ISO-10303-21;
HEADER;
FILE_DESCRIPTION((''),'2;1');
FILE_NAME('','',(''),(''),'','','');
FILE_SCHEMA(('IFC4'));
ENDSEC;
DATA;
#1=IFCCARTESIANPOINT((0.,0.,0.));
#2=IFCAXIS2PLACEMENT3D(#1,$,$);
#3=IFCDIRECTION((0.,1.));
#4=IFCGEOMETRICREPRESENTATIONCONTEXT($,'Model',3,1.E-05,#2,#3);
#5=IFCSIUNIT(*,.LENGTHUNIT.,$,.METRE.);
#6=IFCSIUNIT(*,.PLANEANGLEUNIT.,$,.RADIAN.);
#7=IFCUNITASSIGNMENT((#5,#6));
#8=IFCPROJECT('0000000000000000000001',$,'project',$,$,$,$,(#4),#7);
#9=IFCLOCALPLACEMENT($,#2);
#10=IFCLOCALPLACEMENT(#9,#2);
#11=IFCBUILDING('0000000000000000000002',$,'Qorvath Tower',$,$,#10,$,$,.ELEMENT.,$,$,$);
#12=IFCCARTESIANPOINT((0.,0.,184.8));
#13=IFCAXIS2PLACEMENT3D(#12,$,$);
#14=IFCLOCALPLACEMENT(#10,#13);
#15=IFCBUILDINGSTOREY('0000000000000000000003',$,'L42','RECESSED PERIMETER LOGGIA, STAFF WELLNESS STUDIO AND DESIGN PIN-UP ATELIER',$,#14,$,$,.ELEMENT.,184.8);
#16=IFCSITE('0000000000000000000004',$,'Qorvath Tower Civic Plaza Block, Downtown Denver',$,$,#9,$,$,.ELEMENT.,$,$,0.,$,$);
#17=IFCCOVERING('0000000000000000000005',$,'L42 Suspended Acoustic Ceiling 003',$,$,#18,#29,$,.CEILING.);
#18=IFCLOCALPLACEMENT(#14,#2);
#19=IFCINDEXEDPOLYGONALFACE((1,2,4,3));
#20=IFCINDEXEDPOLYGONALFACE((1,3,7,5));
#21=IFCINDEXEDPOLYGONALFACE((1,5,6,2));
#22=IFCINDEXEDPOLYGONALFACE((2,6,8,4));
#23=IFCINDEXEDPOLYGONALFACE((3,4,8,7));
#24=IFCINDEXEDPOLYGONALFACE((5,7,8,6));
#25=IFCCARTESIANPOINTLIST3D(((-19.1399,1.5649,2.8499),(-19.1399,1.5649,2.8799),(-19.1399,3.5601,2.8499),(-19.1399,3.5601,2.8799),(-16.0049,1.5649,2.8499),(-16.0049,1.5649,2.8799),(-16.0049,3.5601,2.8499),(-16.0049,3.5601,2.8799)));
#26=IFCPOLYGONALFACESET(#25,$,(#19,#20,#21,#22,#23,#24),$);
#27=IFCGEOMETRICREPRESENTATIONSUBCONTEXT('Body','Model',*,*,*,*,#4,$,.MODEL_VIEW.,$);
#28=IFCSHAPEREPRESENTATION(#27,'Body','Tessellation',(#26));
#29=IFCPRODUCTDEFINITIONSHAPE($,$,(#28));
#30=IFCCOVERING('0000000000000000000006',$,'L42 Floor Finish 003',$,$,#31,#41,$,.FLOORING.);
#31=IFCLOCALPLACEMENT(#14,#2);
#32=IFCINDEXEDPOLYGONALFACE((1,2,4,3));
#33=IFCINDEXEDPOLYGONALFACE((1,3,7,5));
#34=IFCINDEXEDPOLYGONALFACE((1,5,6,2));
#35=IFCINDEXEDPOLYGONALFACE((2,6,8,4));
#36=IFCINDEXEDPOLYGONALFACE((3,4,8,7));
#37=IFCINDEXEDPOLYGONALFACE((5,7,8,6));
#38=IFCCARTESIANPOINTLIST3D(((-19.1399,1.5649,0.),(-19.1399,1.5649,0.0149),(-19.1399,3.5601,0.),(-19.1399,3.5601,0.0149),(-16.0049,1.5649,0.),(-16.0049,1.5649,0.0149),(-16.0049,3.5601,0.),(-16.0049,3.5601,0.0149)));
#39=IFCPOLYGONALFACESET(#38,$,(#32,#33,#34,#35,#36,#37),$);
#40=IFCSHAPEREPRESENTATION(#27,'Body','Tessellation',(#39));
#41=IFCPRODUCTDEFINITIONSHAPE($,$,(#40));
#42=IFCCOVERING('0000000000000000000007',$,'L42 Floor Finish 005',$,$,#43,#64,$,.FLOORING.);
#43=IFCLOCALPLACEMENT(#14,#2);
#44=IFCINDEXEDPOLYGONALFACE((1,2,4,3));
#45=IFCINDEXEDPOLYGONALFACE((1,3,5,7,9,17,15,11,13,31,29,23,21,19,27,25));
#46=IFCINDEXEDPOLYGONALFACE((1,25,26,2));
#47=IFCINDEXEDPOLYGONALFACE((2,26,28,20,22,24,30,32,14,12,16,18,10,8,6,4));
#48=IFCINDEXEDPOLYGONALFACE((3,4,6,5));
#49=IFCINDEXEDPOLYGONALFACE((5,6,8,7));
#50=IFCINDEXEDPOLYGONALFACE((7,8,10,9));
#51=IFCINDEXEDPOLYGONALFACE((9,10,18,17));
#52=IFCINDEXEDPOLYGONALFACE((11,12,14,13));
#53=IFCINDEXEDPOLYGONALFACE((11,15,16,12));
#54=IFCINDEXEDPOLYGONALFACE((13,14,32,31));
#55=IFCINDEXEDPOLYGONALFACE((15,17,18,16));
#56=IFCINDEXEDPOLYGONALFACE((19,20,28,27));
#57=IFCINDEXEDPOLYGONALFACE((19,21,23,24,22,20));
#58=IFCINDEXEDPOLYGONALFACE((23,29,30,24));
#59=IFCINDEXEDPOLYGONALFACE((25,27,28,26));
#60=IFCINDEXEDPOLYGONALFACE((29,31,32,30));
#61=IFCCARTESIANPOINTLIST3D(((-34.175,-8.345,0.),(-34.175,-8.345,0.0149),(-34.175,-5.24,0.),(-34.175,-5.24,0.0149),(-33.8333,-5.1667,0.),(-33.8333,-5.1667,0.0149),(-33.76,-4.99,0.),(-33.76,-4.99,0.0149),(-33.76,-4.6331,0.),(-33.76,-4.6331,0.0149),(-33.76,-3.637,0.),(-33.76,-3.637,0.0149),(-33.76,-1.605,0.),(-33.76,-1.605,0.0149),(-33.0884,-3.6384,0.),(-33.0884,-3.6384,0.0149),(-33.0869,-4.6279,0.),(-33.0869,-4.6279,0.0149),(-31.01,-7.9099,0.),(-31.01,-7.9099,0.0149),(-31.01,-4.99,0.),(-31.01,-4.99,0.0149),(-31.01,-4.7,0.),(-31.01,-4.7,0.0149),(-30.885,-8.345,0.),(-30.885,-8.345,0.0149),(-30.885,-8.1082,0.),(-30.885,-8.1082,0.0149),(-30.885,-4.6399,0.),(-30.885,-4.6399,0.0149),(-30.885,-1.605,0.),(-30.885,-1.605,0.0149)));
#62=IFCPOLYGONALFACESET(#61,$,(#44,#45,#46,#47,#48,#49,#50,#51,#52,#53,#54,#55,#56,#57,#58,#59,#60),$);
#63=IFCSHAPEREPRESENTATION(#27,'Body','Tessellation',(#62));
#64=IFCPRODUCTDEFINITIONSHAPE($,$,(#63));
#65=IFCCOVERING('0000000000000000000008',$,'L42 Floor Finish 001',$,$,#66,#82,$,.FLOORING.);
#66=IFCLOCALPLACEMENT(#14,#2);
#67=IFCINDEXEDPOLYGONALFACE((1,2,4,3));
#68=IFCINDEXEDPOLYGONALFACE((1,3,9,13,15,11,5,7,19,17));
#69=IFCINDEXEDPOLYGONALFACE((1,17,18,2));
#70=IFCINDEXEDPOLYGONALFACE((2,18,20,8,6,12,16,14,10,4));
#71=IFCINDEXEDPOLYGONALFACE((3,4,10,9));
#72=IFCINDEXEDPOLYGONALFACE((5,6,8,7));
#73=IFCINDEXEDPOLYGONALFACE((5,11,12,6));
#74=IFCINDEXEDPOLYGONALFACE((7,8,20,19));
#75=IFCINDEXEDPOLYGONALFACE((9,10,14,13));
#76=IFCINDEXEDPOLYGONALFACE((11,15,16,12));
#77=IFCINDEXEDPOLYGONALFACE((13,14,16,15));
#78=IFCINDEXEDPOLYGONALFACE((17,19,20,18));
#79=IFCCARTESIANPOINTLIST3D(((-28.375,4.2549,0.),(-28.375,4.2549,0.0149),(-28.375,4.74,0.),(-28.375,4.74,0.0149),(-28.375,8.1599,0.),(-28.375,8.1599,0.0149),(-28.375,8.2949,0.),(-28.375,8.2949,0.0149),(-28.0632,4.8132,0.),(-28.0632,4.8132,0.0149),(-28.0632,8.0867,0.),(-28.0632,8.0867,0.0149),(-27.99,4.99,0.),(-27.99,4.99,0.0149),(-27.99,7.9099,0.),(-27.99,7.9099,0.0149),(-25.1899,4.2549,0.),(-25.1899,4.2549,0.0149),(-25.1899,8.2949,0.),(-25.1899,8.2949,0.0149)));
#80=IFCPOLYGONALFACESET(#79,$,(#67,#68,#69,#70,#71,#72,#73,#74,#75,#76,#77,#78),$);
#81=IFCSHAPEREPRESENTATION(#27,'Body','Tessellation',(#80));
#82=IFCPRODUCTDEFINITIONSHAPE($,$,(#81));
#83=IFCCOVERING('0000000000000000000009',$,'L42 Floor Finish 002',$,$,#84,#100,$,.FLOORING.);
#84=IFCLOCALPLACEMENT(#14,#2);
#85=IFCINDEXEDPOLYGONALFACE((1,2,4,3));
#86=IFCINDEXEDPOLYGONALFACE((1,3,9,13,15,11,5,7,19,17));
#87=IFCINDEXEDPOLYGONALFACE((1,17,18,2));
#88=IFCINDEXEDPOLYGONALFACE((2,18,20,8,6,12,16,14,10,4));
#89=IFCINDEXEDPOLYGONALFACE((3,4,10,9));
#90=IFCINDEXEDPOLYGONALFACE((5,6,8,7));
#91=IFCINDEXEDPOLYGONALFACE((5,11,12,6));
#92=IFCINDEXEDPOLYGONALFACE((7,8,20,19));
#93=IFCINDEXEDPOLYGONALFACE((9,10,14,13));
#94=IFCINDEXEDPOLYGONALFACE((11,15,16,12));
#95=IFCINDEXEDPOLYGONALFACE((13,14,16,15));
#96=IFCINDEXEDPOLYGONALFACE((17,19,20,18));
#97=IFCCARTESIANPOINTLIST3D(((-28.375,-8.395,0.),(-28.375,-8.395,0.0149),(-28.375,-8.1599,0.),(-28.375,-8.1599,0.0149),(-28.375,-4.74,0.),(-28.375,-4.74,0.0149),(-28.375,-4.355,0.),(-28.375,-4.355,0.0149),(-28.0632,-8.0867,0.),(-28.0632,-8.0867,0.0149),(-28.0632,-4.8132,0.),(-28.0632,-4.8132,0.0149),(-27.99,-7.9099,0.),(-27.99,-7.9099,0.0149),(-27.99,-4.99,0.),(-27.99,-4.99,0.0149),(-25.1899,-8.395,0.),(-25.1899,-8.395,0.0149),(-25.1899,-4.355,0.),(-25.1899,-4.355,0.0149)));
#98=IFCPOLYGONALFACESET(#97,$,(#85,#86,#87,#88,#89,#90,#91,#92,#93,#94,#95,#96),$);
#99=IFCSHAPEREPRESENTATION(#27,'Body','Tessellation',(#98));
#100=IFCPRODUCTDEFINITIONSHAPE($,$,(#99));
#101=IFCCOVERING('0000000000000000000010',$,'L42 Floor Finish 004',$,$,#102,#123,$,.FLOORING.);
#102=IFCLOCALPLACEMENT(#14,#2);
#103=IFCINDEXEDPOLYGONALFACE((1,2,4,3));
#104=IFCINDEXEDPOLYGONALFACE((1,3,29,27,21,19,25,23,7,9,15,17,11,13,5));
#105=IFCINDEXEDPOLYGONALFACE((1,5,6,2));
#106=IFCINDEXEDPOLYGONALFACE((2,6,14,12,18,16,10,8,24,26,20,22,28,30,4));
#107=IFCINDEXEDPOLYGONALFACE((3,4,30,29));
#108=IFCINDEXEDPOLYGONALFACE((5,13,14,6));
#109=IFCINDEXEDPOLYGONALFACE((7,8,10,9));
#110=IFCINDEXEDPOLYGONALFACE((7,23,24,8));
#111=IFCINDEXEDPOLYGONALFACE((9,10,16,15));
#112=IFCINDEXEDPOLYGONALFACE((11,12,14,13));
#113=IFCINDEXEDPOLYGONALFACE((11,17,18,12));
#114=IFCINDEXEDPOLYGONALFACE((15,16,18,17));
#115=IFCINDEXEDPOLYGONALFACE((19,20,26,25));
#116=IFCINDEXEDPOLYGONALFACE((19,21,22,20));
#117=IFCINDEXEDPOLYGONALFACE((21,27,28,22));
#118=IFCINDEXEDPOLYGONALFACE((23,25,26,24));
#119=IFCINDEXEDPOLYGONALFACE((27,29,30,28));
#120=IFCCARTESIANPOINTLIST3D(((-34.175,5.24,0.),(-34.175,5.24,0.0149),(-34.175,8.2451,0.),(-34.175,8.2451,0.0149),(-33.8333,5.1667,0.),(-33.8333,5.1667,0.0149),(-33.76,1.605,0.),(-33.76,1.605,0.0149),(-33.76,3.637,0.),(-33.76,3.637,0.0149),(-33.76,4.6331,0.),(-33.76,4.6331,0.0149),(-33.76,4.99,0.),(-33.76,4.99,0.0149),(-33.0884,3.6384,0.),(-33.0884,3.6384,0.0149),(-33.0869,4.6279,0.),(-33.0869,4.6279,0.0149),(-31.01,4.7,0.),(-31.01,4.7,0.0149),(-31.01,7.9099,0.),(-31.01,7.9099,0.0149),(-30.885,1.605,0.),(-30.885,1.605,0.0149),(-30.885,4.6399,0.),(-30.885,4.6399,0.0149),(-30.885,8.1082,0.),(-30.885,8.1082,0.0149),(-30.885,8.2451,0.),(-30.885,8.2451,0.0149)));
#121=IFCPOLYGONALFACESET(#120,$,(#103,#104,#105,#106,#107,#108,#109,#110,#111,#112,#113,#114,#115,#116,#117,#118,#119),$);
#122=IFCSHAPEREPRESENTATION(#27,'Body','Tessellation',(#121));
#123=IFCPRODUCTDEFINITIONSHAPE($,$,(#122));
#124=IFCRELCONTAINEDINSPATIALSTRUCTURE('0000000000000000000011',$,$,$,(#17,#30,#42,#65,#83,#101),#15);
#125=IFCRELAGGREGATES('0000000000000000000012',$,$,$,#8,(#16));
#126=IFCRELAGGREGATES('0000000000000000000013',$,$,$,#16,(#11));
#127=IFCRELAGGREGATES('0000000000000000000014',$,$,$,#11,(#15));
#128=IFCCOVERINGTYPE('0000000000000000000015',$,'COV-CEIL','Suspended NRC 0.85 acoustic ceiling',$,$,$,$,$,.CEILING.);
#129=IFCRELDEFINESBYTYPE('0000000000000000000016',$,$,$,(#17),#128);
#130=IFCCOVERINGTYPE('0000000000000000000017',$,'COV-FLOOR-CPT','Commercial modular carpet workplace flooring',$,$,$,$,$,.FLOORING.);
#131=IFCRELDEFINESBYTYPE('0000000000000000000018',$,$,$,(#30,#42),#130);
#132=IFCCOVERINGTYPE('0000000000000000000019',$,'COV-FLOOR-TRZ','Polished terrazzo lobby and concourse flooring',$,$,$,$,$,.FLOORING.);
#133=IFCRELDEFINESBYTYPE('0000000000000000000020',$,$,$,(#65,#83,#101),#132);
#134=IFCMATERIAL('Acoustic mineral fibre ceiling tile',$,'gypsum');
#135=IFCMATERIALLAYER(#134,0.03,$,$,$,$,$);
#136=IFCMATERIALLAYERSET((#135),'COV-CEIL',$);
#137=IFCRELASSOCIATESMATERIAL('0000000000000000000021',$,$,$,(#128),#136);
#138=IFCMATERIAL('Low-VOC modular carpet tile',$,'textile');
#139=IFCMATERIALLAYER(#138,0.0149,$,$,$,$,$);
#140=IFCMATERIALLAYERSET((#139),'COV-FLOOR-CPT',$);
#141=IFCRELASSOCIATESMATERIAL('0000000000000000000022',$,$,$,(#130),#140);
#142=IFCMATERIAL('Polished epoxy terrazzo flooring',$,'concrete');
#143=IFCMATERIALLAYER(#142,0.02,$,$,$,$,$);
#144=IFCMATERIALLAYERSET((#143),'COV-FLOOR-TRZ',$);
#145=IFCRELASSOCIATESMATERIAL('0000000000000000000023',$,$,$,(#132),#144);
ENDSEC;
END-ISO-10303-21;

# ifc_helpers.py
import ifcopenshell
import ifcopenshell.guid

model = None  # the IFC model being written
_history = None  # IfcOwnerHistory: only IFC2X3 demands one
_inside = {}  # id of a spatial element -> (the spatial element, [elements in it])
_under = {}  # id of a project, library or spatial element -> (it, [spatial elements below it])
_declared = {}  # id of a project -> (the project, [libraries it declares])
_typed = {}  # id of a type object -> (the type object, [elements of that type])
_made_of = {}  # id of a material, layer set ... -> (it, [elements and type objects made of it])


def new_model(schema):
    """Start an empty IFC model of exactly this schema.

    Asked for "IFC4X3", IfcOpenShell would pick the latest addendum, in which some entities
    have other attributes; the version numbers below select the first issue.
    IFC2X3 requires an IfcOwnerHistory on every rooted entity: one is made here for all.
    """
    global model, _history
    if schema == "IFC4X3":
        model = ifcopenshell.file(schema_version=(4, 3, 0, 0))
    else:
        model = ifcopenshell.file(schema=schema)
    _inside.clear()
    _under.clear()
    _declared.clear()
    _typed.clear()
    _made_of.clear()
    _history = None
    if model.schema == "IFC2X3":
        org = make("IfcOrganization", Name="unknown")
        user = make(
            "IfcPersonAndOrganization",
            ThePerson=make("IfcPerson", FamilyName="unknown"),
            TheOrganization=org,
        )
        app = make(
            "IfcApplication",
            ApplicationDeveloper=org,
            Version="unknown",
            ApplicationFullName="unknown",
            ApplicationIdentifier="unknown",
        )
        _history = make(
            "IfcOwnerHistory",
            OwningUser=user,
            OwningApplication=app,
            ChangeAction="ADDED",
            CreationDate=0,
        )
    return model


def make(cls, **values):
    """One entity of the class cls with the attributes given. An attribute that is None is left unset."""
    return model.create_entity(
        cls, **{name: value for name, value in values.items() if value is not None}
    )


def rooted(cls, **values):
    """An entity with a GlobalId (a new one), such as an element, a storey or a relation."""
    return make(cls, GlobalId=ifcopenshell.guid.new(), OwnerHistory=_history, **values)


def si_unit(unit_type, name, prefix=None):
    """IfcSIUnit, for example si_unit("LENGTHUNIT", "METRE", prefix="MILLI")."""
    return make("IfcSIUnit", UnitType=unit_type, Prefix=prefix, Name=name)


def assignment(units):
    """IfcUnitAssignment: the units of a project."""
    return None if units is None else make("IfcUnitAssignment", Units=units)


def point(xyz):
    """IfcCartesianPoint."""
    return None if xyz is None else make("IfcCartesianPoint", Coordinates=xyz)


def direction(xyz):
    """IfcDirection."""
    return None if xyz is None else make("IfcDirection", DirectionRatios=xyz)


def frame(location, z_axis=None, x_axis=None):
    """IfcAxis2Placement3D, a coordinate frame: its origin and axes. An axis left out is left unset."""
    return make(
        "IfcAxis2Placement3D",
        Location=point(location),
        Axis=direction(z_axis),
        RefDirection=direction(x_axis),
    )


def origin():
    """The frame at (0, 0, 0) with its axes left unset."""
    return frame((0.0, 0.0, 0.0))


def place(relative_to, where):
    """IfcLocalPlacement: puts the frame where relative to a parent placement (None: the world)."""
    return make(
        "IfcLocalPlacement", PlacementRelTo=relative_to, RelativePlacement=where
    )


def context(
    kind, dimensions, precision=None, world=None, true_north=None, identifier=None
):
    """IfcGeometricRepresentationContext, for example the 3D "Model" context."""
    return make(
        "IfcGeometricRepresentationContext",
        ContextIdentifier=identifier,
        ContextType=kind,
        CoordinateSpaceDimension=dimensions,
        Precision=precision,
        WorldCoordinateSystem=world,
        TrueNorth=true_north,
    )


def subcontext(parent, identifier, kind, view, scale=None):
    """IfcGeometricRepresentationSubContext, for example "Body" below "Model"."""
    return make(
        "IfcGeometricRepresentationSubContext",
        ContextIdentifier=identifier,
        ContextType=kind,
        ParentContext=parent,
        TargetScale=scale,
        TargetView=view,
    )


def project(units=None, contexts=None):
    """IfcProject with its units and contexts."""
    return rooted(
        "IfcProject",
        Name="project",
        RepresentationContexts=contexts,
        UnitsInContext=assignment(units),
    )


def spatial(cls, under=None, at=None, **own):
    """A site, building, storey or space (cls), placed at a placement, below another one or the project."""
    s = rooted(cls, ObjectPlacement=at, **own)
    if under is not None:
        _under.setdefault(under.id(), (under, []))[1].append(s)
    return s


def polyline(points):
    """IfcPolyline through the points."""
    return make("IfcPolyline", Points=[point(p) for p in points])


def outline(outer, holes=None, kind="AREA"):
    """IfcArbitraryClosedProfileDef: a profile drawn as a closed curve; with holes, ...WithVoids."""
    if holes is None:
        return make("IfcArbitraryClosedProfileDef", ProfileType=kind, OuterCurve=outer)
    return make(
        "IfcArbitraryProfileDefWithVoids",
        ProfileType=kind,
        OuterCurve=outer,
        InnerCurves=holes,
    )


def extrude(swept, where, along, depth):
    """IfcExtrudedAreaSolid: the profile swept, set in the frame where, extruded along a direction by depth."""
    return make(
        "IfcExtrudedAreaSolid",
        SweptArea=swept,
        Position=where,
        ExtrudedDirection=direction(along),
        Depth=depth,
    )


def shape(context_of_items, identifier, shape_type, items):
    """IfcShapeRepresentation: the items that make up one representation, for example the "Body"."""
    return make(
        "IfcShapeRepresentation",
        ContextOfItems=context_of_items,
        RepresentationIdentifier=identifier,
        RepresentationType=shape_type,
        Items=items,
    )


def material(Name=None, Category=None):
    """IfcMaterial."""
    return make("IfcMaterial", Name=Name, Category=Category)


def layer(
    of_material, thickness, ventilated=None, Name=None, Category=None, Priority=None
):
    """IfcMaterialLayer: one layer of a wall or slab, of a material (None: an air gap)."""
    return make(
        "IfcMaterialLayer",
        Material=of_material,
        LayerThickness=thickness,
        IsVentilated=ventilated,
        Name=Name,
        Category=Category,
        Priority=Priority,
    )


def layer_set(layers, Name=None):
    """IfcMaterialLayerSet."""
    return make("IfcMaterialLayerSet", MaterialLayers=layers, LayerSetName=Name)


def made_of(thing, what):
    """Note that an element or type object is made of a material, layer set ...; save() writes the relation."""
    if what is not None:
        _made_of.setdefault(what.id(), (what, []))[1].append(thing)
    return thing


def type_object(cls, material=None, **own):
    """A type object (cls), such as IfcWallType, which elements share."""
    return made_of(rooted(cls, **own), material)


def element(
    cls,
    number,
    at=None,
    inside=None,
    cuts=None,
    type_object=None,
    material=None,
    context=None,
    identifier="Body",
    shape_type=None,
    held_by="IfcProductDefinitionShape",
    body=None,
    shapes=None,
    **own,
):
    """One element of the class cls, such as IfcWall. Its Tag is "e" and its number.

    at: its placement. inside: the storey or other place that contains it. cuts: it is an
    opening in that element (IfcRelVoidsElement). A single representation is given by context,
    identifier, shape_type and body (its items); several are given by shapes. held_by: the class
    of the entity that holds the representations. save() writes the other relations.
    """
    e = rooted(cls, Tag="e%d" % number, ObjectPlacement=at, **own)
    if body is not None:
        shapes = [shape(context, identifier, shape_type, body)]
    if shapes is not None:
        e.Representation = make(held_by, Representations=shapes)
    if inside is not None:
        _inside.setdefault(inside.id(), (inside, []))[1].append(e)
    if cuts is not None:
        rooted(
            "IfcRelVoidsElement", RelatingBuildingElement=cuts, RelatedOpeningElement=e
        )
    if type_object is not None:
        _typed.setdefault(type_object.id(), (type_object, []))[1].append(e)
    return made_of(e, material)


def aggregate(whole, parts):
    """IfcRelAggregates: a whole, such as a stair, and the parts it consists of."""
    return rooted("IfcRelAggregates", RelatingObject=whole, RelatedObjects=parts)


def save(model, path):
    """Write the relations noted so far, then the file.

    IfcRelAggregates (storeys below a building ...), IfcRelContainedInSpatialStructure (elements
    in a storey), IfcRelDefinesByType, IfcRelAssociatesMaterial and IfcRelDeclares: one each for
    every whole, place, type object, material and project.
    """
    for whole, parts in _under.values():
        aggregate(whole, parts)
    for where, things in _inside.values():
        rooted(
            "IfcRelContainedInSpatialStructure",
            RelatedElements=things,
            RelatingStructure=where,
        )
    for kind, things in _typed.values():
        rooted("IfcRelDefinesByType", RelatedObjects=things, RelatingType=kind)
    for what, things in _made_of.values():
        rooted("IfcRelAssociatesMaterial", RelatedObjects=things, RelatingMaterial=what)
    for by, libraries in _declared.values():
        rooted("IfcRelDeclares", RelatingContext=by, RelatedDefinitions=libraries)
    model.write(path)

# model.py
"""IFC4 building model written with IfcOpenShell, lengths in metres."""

from ifc_helpers import new_model, si_unit, direction, frame, origin, place, context, subcontext, project, spatial, polyline, outline, extrude, material, layer, layer_set, type_object, element, save


model = new_model("IFC4")

# Units and contexts
model_context = context("Model", 3, precision=1e-05, world=origin(), true_north=direction((0.0, 1.0)))
body_context = subcontext(model_context, "Body", "Model", "MODEL_VIEW")
ifc_project = project(units=[si_unit("LENGTHUNIT", "METRE"), si_unit("PLANEANGLEUNIT", "RADIAN")], contexts=[model_context])

# Site, building, storey
site_placement = place(None, origin())
site = spatial("IfcSite", under=ifc_project, at=site_placement, Name="Qorvath Tower Civic Plaza Block, Downtown Denver", CompositionType="ELEMENT", RefElevation=0.0)
building_placement = place(site_placement, origin())
building = spatial("IfcBuilding", under=site, at=building_placement, Name="Qorvath Tower", CompositionType="ELEMENT")
storey_placement = place(building_placement, frame((0.0, 0.0, 184.8)))
storey = spatial("IfcBuildingStorey", under=building, at=storey_placement, Name="L42", Description="RECESSED PERIMETER LOGGIA, STAFF WELLNESS STUDIO AND DESIGN PIN-UP ATELIER", CompositionType="ELEMENT", Elevation=184.8)

# Coverings
ifc_material_1 = material(Name="Acoustic mineral fibre ceiling tile", Category="gypsum")
ifc_layer_1 = layer(ifc_material_1, 0.03)
ifc_layer_set_1 = layer_set([ifc_layer_1], Name="COV-CEIL")
covering_type_1 = type_object("IfcCoveringType", Name="COV-CEIL", Description="Suspended NRC 0.85 acoustic ceiling", PredefinedType="CEILING", material=ifc_layer_set_1)
covering_1_placement = place(storey_placement, frame((0.0, 0.0, 2.8499)))
element("IfcCovering", 1, at=covering_1_placement, inside=storey, type_object=covering_type_1, Name="L42 Suspended Acoustic Ceiling 003", PredefinedType="CEILING", context=body_context, shape_type="SweptSolid", body=[
    extrude(outline(polyline([(-16.0049, 3.5601), (-19.1399, 3.5601), (-19.1399, 1.5649), (-16.0049, 1.5649), (-16.0049, 3.5601)])), origin(), (0.0, 0.0, 1.0), 0.03),
])
ifc_material_2 = material(Name="Low-VOC modular carpet tile", Category="textile")
ifc_layer_2 = layer(ifc_material_2, 0.0149)
ifc_layer_set_2 = layer_set([ifc_layer_2], Name="COV-FLOOR-CPT")
covering_type_2 = type_object("IfcCoveringType", Name="COV-FLOOR-CPT", Description="Commercial modular carpet workplace flooring", PredefinedType="FLOORING", material=ifc_layer_set_2)
covering_2_placement = place(storey_placement, origin())
element("IfcCovering", 2, at=covering_2_placement, inside=storey, type_object=covering_type_2, Name="L42 Floor Finish 003", PredefinedType="FLOORING", context=body_context, shape_type="SweptSolid", body=[
    extrude(outline(polyline([(-16.0049, 3.5601), (-19.1399, 3.5601), (-19.1399, 1.5649), (-16.0049, 1.5649), (-16.0049, 3.5601)])), origin(), (0.0, 0.0, 1.0), 0.0149),
])
covering_3_placement = place(storey_placement, origin())
element("IfcCovering", 3, at=covering_3_placement, inside=storey, type_object=covering_type_2, Name="L42 Floor Finish 005", PredefinedType="FLOORING", context=body_context, shape_type="SweptSolid", body=[
    extrude(outline(polyline([(-30.885, -1.605), (-33.76, -1.605), (-33.76, -3.637), (-33.0884, -3.6384), (-33.0869, -4.6279), (-33.76, -4.6331), (-33.76, -4.99), (-33.8333, -5.1667), (-34.175, -5.24), (-34.175, -8.345), (-30.885, -8.345), (-30.885, -8.1082), (-31.01, -7.9099), (-31.01, -4.99), (-31.01, -4.7), (-30.885, -4.6399), (-30.885, -1.605)])), origin(), (0.0, 0.0, 1.0), 0.0149),
])
ifc_material_3 = material(Name="Polished epoxy terrazzo flooring", Category="concrete")
ifc_layer_3 = layer(ifc_material_3, 0.02)
ifc_layer_set_3 = layer_set([ifc_layer_3], Name="COV-FLOOR-TRZ")
covering_type_3 = type_object("IfcCoveringType", Name="COV-FLOOR-TRZ", Description="Polished terrazzo lobby and concourse flooring", PredefinedType="FLOORING", material=ifc_layer_set_3)
covering_4_placement = place(storey_placement, origin())
element("IfcCovering", 4, at=covering_4_placement, inside=storey, type_object=covering_type_3, Name="L42 Floor Finish 001", PredefinedType="FLOORING", context=body_context, shape_type="SweptSolid", body=[
    extrude(outline(polyline([(-25.1899, 4.2549), (-25.1899, 8.2949), (-28.375, 8.2949), (-28.375, 8.1599), (-28.0632, 8.0867), (-27.99, 7.9099), (-27.99, 4.99), (-28.0632, 4.8132), (-28.375, 4.74), (-28.375, 4.2549), (-25.1899, 4.2549)])), origin(), (0.0, 0.0, 1.0), 0.0149),
])
covering_5_placement = place(storey_placement, origin())
element("IfcCovering", 5, at=covering_5_placement, inside=storey, type_object=covering_type_3, Name="L42 Floor Finish 002", PredefinedType="FLOORING", context=body_context, shape_type="SweptSolid", body=[
    extrude(outline(polyline([(-25.1899, -8.395), (-25.1899, -4.355), (-28.375, -4.355), (-28.375, -4.74), (-28.0632, -4.8132), (-27.99, -4.99), (-27.99, -7.9099), (-28.0632, -8.0867), (-28.375, -8.1599), (-28.375, -8.395), (-25.1899, -8.395)])), origin(), (0.0, 0.0, 1.0), 0.0149),
])
covering_6_placement = place(storey_placement, origin())
element("IfcCovering", 6, at=covering_6_placement, inside=storey, type_object=covering_type_3, Name="L42 Floor Finish 004", PredefinedType="FLOORING", context=body_context, shape_type="SweptSolid", body=[
    extrude(outline(polyline([(-30.885, 8.2451), (-34.175, 8.2451), (-34.175, 5.24), (-33.8333, 5.1667), (-33.76, 4.99), (-33.76, 4.6331), (-33.0869, 4.6279), (-33.0884, 3.6384), (-33.76, 3.637), (-33.76, 1.605), (-30.885, 1.605), (-30.885, 4.6399), (-31.01, 4.7), (-31.01, 7.9099), (-30.885, 8.1082), (-30.885, 8.2451)])), origin(), (0.0, 0.0, 1.0), 0.0149),
])

save(model, "model.ifc")
